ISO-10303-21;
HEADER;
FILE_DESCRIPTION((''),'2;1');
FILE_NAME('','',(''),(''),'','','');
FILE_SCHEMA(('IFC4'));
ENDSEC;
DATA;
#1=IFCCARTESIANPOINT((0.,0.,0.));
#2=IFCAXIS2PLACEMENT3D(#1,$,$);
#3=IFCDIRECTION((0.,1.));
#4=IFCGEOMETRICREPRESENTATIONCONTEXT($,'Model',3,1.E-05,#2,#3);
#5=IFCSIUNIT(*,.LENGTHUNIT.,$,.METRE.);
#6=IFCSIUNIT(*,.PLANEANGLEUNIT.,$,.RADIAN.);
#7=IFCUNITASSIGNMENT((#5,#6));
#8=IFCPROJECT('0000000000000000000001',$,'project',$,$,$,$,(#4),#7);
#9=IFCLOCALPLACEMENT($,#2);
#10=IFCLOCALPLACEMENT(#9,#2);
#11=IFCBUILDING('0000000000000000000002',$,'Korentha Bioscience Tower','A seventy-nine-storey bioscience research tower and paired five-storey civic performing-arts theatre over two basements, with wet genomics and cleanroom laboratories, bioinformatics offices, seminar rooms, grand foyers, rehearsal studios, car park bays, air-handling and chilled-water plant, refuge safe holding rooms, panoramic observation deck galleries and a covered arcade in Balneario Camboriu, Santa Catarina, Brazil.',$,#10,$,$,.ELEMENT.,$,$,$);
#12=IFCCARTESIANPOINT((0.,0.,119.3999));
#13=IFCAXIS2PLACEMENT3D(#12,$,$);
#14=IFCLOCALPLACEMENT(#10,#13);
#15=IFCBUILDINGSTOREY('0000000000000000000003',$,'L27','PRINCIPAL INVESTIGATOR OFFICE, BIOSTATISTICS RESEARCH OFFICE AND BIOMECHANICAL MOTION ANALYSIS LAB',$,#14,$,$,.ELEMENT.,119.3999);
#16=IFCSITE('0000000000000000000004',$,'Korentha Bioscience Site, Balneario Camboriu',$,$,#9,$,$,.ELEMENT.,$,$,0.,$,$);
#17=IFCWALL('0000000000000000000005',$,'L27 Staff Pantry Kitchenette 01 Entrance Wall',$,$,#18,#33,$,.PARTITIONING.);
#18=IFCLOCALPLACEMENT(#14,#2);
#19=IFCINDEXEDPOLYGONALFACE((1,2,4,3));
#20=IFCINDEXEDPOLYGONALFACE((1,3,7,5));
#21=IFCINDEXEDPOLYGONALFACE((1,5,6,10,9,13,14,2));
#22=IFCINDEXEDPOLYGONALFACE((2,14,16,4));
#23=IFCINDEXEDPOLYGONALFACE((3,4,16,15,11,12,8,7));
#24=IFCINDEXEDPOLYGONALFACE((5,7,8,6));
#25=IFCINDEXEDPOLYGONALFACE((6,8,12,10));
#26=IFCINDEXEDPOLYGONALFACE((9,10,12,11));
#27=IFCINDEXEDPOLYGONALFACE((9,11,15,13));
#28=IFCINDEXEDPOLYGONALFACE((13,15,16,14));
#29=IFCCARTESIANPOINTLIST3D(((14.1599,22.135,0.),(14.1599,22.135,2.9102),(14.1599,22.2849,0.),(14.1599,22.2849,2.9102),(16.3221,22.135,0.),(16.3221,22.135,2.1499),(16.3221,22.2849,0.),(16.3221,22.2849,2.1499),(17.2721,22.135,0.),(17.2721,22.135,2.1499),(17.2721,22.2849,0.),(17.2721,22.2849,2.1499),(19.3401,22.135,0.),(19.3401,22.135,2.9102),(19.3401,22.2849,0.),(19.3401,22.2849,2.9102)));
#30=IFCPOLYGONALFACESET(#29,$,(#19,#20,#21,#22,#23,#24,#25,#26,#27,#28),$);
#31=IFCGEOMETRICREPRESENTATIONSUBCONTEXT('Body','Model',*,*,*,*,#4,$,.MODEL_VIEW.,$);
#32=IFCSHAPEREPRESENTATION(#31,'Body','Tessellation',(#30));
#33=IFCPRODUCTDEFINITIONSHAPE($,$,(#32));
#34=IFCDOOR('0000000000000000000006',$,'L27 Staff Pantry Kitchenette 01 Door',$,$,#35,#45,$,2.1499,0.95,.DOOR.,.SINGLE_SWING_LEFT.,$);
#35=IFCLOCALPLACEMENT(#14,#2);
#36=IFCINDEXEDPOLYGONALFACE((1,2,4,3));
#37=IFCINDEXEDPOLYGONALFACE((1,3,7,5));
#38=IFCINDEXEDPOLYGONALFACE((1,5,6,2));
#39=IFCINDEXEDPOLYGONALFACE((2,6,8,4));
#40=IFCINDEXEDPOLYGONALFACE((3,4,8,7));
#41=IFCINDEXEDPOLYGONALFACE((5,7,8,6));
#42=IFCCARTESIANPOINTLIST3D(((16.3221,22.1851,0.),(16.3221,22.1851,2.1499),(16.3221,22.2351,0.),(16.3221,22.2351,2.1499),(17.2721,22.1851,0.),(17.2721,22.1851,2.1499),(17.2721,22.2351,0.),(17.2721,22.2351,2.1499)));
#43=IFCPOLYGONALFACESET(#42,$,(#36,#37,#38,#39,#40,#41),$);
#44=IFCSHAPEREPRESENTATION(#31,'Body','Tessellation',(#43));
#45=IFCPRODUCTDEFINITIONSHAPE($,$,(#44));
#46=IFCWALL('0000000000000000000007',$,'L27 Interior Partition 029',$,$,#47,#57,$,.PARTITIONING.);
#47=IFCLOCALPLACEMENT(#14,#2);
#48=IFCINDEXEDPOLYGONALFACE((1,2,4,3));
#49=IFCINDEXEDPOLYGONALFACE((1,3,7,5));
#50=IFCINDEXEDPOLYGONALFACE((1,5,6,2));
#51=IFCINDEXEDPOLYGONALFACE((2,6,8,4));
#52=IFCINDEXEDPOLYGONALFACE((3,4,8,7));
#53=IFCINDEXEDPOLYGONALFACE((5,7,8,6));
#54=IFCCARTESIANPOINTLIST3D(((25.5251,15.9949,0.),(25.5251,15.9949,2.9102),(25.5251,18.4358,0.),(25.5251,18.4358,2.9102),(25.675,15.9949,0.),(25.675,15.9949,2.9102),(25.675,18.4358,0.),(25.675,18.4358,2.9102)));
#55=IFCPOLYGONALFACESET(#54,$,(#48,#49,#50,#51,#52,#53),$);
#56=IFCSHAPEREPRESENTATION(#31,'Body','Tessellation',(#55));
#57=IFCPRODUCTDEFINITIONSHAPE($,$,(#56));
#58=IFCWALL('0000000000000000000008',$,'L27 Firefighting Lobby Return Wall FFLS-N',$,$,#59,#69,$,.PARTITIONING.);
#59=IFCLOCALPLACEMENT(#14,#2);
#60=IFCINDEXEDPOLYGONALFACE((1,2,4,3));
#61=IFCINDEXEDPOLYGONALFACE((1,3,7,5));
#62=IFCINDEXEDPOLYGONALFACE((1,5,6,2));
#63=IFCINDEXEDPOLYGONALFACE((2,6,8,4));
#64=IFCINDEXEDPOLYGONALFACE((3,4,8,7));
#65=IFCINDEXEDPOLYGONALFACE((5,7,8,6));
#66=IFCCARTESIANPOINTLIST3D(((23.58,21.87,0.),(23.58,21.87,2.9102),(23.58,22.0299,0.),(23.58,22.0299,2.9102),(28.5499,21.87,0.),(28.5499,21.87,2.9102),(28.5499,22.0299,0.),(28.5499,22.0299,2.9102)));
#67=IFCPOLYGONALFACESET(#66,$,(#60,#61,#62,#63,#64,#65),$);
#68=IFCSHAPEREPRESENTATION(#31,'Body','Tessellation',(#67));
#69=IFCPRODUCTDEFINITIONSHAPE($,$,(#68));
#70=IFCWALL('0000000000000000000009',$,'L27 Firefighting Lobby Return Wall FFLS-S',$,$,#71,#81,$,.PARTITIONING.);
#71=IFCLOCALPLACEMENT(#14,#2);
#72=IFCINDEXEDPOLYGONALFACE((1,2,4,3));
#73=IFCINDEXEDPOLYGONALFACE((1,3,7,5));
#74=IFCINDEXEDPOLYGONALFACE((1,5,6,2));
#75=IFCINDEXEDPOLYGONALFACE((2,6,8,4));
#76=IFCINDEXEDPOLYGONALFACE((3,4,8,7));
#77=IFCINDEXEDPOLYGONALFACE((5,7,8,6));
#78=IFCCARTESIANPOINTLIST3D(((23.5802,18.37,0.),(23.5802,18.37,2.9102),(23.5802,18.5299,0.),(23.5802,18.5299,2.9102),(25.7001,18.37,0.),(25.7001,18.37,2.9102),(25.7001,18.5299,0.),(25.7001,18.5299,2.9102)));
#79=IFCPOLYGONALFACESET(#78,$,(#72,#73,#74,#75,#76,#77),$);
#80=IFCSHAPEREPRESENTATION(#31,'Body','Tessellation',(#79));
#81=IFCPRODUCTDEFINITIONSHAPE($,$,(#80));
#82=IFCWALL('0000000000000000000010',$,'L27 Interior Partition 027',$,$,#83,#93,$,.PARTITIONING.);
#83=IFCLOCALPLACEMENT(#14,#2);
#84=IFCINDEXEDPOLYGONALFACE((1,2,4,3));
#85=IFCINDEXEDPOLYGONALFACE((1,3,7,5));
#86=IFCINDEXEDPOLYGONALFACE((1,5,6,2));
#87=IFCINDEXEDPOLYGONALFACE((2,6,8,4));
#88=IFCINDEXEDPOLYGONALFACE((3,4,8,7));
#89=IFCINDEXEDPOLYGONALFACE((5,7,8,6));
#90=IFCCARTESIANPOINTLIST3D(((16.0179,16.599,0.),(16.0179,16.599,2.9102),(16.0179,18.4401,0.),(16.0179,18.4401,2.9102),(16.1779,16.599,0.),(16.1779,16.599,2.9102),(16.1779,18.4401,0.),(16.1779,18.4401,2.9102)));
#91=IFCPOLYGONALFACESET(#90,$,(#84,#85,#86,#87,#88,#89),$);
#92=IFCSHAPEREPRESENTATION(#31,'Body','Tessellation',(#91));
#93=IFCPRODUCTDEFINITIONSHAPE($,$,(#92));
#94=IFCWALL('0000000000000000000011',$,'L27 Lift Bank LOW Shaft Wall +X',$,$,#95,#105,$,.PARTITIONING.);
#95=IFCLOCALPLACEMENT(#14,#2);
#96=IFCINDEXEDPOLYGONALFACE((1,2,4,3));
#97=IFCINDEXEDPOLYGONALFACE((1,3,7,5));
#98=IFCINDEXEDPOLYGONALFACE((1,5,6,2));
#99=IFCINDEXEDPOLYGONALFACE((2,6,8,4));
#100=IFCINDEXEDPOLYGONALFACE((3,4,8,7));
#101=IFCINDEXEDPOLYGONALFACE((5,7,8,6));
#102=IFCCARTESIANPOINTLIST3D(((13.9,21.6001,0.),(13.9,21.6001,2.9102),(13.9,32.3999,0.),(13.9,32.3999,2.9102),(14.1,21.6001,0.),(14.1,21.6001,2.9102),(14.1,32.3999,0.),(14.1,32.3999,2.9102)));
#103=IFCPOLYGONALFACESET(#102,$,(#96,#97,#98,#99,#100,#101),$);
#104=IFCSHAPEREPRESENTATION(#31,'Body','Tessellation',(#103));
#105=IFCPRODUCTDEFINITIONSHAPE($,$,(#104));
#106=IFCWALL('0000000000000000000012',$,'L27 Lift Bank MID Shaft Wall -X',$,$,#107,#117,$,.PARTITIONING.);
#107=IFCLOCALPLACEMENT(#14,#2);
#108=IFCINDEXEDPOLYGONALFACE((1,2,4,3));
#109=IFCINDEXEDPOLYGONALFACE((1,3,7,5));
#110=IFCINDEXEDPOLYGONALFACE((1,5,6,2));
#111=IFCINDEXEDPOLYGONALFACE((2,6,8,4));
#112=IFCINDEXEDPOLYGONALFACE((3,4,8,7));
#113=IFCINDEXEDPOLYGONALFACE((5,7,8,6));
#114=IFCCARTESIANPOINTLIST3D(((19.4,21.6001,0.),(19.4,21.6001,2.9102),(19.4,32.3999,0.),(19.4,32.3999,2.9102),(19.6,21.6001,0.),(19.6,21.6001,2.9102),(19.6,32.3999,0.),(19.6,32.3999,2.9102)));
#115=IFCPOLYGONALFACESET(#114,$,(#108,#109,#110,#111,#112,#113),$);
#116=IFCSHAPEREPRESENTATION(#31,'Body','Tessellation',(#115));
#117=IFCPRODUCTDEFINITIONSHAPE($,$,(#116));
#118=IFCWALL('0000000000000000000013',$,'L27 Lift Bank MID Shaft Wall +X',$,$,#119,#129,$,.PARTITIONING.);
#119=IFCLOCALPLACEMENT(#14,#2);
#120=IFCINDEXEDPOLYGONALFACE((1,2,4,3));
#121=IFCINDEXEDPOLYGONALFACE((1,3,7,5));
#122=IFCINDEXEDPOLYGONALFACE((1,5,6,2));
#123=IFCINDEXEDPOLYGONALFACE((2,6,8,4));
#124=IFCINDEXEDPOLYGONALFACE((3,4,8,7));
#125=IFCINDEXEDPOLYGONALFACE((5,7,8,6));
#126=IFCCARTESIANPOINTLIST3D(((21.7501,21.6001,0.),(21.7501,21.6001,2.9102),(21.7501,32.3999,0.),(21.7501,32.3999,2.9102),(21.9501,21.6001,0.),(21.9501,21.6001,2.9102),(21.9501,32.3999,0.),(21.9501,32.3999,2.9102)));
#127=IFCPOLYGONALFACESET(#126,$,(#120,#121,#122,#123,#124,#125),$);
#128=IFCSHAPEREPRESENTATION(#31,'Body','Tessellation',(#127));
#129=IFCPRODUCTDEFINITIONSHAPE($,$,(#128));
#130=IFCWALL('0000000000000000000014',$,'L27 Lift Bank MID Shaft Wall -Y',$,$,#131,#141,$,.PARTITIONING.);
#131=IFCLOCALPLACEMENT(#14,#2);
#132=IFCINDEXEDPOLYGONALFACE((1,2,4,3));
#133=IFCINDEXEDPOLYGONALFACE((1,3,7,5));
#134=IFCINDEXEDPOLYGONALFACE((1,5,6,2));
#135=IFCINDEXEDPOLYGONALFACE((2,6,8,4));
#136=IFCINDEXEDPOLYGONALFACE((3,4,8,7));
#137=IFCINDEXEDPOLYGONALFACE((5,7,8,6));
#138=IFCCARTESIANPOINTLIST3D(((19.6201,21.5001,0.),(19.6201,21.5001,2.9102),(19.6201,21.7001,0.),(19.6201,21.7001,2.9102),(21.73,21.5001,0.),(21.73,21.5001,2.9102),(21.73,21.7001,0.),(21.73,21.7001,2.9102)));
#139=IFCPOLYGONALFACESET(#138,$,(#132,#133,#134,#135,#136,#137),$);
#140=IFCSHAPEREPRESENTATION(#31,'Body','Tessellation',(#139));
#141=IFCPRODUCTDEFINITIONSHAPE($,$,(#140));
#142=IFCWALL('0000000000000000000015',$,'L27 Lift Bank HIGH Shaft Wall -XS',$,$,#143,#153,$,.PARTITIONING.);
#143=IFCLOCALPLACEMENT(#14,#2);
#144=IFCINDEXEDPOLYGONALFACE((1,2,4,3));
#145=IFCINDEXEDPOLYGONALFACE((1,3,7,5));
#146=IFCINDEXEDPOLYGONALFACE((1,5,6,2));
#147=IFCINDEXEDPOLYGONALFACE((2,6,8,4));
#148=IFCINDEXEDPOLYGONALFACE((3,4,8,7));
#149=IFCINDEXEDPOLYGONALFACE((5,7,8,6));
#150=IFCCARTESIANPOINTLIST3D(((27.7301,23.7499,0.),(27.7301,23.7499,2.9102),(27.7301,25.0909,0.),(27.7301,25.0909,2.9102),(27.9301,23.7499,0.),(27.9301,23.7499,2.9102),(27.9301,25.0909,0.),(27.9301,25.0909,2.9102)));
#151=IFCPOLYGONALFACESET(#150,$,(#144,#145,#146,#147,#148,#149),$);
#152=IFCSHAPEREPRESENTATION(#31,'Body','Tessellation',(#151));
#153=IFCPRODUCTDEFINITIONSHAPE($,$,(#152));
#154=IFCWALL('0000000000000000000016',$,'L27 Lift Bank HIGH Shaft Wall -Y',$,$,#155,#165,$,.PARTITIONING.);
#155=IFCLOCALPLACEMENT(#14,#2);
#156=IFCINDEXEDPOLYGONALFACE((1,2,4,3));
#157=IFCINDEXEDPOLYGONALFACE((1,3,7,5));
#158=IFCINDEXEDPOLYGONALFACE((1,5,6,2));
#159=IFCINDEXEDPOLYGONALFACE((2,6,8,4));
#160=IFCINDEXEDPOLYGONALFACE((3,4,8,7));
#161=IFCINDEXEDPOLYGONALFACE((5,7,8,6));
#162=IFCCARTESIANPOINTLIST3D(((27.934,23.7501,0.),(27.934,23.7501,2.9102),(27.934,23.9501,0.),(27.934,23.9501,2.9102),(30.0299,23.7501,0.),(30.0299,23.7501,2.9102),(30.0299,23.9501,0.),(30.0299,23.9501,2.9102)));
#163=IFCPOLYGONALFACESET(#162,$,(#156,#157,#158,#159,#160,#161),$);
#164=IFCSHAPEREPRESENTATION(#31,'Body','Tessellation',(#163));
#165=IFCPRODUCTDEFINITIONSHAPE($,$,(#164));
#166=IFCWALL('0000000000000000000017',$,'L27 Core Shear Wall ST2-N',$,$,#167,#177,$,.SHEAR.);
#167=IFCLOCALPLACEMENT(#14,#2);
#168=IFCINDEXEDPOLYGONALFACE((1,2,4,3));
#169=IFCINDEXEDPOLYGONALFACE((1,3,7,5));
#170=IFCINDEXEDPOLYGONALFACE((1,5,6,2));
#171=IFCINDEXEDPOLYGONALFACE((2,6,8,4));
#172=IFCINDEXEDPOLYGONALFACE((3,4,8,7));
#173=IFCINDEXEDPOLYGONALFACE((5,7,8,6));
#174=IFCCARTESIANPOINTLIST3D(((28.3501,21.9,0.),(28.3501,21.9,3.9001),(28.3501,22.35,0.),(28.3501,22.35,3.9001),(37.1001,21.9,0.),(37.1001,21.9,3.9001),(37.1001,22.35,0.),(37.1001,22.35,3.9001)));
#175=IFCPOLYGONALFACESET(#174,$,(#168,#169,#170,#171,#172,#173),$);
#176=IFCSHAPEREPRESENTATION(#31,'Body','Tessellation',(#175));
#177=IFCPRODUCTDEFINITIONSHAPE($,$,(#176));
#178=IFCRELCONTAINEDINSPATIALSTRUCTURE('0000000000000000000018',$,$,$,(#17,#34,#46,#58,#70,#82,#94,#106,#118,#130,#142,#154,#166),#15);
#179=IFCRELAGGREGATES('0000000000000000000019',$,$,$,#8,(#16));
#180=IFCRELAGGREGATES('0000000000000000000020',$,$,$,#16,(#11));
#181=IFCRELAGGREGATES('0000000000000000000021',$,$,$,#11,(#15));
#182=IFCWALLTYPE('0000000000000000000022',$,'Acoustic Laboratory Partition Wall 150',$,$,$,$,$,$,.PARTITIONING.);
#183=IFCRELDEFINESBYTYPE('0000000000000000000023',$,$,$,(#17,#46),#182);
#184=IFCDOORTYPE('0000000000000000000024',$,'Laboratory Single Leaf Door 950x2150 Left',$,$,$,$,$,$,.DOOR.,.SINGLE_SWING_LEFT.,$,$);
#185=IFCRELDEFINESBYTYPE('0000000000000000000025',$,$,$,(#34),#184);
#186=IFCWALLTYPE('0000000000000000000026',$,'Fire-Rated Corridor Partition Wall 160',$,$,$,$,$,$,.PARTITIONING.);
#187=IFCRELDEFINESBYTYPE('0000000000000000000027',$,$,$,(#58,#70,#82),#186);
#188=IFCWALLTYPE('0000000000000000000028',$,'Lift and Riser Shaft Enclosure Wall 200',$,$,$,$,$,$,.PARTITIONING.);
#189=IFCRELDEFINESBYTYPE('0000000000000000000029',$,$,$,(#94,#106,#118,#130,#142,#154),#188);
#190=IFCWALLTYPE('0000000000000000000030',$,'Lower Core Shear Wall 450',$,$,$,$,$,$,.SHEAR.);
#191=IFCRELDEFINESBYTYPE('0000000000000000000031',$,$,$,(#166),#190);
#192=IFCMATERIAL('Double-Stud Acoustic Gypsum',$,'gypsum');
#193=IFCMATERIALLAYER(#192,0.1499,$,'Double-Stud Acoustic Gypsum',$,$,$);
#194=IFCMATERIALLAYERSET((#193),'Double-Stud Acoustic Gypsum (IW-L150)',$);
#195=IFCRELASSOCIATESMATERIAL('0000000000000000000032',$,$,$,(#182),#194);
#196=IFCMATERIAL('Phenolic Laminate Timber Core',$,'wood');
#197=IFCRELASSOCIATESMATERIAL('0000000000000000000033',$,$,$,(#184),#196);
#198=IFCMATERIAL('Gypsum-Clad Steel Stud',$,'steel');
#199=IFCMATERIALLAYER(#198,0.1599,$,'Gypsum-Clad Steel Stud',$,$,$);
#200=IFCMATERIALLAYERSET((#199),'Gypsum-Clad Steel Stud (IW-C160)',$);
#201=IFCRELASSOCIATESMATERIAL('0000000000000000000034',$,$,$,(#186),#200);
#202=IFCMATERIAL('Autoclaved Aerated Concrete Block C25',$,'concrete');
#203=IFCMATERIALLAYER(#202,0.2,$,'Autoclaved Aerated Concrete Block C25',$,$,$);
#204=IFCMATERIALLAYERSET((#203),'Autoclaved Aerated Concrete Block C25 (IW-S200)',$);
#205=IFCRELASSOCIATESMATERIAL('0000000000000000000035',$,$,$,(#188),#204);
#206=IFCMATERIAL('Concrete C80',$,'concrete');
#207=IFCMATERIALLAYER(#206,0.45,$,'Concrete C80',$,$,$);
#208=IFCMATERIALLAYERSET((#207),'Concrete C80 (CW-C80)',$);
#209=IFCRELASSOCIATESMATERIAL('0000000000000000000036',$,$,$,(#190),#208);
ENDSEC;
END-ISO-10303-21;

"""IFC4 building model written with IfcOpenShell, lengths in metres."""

from ifc_helpers import new_model, si_unit, direction, frame, frame_2d, origin, place, context, subcontext, project, spatial, rectangle, extrude, material, layer, layer_set, type_object, element, fill, save


model = new_model("IFC4")

# Units and contexts
model_context = context("Model", 3, precision=1e-05, world=origin(), true_north=direction((0.0, 1.0)))
body_context = subcontext(model_context, "Body", "Model", "MODEL_VIEW")
ifc_project = project(units=[si_unit("LENGTHUNIT", "METRE"), si_unit("PLANEANGLEUNIT", "RADIAN")], contexts=[model_context])

# Site, building, storey
site_placement = place(None, origin())
site = spatial("IfcSite", under=ifc_project, at=site_placement, Name="Korentha Bioscience Site, Balneario Camboriu", CompositionType="ELEMENT", RefElevation=0.0)
building_placement = place(site_placement, origin())
building = spatial("IfcBuilding", under=site, at=building_placement, Name="Korentha Bioscience Tower", Description="A seventy-nine-storey bioscience research tower and paired five-storey civic performing-arts theatre over two basements, with wet genomics and cleanroom laboratories, bioinformatics offices, seminar rooms, grand foyers, rehearsal studios, car park bays, air-handling and chilled-water plant, refuge safe holding rooms, panoramic observation deck galleries and a covered arcade in Balneario Camboriu, Santa Catarina, Brazil.", CompositionType="ELEMENT")
storey_placement = place(building_placement, frame((0.0, 0.0, 119.3999)))
storey = spatial("IfcBuildingStorey", under=building, at=storey_placement, Name="L27", Description="PRINCIPAL INVESTIGATOR OFFICE, BIOSTATISTICS RESEARCH OFFICE AND BIOMECHANICAL MOTION ANALYSIS LAB", CompositionType="ELEMENT", Elevation=119.3999)

# Shared definitions
ifc_material_1 = material(Name="Concrete C80", Category="concrete")

# Wall, opening, door
ifc_material_2 = material(Name="Double-Stud Acoustic Gypsum", Category="gypsum")
ifc_layer_1 = layer(ifc_material_2, 0.1499, Name="Double-Stud Acoustic Gypsum")
ifc_layer_set_1 = layer_set([ifc_layer_1], Name="Double-Stud Acoustic Gypsum (IW-L150)")
wall_type_1 = type_object("IfcWallType", Name="Acoustic Laboratory Partition Wall 150", PredefinedType="PARTITIONING", material=ifc_layer_set_1)
wall_1_placement = place(storey_placement, frame((19.3401, 22.21, 0.0), z_axis=(0.0, 0.0, 1.0), x_axis=(-1.0, 0.0, 0.0)))
wall_1 = element("IfcWall", 1, at=wall_1_placement, inside=storey, type_object=wall_type_1, Name="L27 Staff Pantry Kitchenette 01 Entrance Wall", PredefinedType="PARTITIONING", context=body_context, shape_type="SweptSolid", body=[
    extrude(rectangle(XDim=5.1802, YDim=0.1499, at=frame_2d((2.5901, 0.0))), origin(), (0.0, 0.0, 1.0), 2.9102),
])
opening_1_placement = place(wall_1_placement, frame((2.0679, 0.0, 0.0)))
opening_1 = element("IfcOpeningElement", 2, at=opening_1_placement, cuts=wall_1, PredefinedType="OPENING", context=body_context, shape_type="SweptSolid", body=[
    extrude(rectangle(XDim=0.95, YDim=2.1499, at=frame_2d((0.4751, 1.075))), frame((0.0, 0.0898, 0.0), z_axis=(0.0, -1.0, 0.0), x_axis=(1.0, 0.0, 0.0)), (0.0, 0.0, 1.0), 0.1797),
])
ifc_material_3 = material(Name="Phenolic Laminate Timber Core", Category="wood")
door_type_1 = type_object("IfcDoorType", Name="Laboratory Single Leaf Door 950x2150 Left", OperationType="SINGLE_SWING_LEFT", PredefinedType="DOOR", material=ifc_material_3)
door_1_placement = place(opening_1_placement, origin())
door_1 = element("IfcDoor", 3, at=door_1_placement, inside=storey, type_object=door_type_1, Name="L27 Staff Pantry Kitchenette 01 Door", OperationType="SINGLE_SWING_LEFT", OverallHeight=2.1499, OverallWidth=0.95, PredefinedType="DOOR", context=body_context, shape_type="SweptSolid", body=[
    extrude(rectangle(XDim=0.95, YDim=2.1499, at=frame_2d((0.4751, 1.075))), frame((0.0, 0.0249, 0.0), z_axis=(0.0, -1.0, 0.0), x_axis=(1.0, 0.0, 0.0)), (0.0, 0.0, 1.0), 0.05),
])
fill(opening_1, door_1)

# Wall
wall_2_placement = place(storey_placement, frame((25.6001, 18.4358, 0.0), z_axis=(0.0, 0.0, 1.0), x_axis=(0.0, -1.0, 0.0)))
element("IfcWall", 4, at=wall_2_placement, inside=storey, type_object=wall_type_1, Name="L27 Interior Partition 029", PredefinedType="PARTITIONING", context=body_context, shape_type="SweptSolid", body=[
    extrude(rectangle(XDim=2.4409, YDim=0.1499, at=frame_2d((1.2205, 0.0))), origin(), (0.0, 0.0, 1.0), 2.9102),
])

# Shared definitions
ifc_material_4 = material(Name="Gypsum-Clad Steel Stud", Category="steel")
ifc_layer_2 = layer(ifc_material_4, 0.1599, Name="Gypsum-Clad Steel Stud")
ifc_layer_set_2 = layer_set([ifc_layer_2], Name="Gypsum-Clad Steel Stud (IW-C160)")
wall_type_2 = type_object("IfcWallType", Name="Fire-Rated Corridor Partition Wall 160", PredefinedType="PARTITIONING", material=ifc_layer_set_2)

# Walls
wall_3_placement = place(storey_placement, frame((23.5801, 21.95, 0.0), z_axis=(0.0, 0.0, 1.0), x_axis=(1.0, 0.0, 0.0)))
element("IfcWall", 5, at=wall_3_placement, inside=storey, type_object=wall_type_2, Name="L27 Firefighting Lobby Return Wall FFLS-N", PredefinedType="PARTITIONING", context=body_context, shape_type="SweptSolid", body=[
    extrude(rectangle(XDim=4.97, YDim=0.1599, at=frame_2d((2.4849, 0.0))), origin(), (0.0, 0.0, 1.0), 2.9102),
])
wall_4_placement = place(storey_placement, frame((23.5801, 18.45, 0.0), z_axis=(0.0, 0.0, 1.0), x_axis=(1.0, 0.0, 0.0)))
element("IfcWall", 6, at=wall_4_placement, inside=storey, type_object=wall_type_2, Name="L27 Firefighting Lobby Return Wall FFLS-S", PredefinedType="PARTITIONING", context=body_context, shape_type="SweptSolid", body=[
    extrude(rectangle(XDim=2.1199, YDim=0.1599, at=frame_2d((1.0601, 0.0))), origin(), (0.0, 0.0, 1.0), 2.9102),
])
wall_5_placement = place(storey_placement, frame((16.0979, 18.4399, 0.0), z_axis=(0.0, 0.0, 1.0), x_axis=(0.0, -1.0, 0.0)))
element("IfcWall", 7, at=wall_5_placement, inside=storey, type_object=wall_type_2, Name="L27 Interior Partition 027", PredefinedType="PARTITIONING", context=body_context, shape_type="SweptSolid", body=[
    extrude(rectangle(XDim=1.8411, YDim=0.1599, at=frame_2d((0.9204, 0.0))), origin(), (0.0, 0.0, 1.0), 2.9102),
])
ifc_material_5 = material(Name="Autoclaved Aerated Concrete Block C25", Category="concrete")
ifc_layer_3 = layer(ifc_material_5, 0.2, Name="Autoclaved Aerated Concrete Block C25")
ifc_layer_set_3 = layer_set([ifc_layer_3], Name="Autoclaved Aerated Concrete Block C25 (IW-S200)")
wall_type_3 = type_object("IfcWallType", Name="Lift and Riser Shaft Enclosure Wall 200", PredefinedType="PARTITIONING", material=ifc_layer_set_3)
for number, where, z_axis, x_axis, name in (
    (8, (14.0, 21.6001, 0.0), (0.0, 0.0, 1.0), (0.0, 1.0, 0.0), "L27 Lift Bank LOW Shaft Wall +X"),
    (9, (19.5, 21.6001, 0.0), (0.0, 0.0, 1.0), (0.0, 1.0, 0.0), "L27 Lift Bank MID Shaft Wall -X"),
    (10, (21.8501, 21.6001, 0.0), (0.0, 0.0, 1.0), (0.0, 1.0, 0.0), "L27 Lift Bank MID Shaft Wall +X"),
):
    element("IfcWall", number, at=place(storey_placement, frame(where, z_axis=z_axis, x_axis=x_axis)), inside=storey, type_object=wall_type_3, Name=name, PredefinedType="PARTITIONING", context=body_context, shape_type="SweptSolid", body=[
        extrude(rectangle(XDim=10.7998, YDim=0.2, at=frame_2d((5.3999, 0.0))), origin(), (0.0, 0.0, 1.0), 2.9102),
    ])
wall_6_placement = place(storey_placement, frame((19.6201, 21.6001, 0.0), z_axis=(0.0, 0.0, 1.0), x_axis=(1.0, 0.0, 0.0)))
element("IfcWall", 11, at=wall_6_placement, inside=storey, type_object=wall_type_3, Name="L27 Lift Bank MID Shaft Wall -Y", PredefinedType="PARTITIONING", context=body_context, shape_type="SweptSolid", body=[
    extrude(rectangle(XDim=2.1099, YDim=0.2, at=frame_2d((1.0549, 0.0))), origin(), (0.0, 0.0, 1.0), 2.9102),
])
wall_7_placement = place(storey_placement, frame((27.8301, 23.75, 0.0), z_axis=(0.0, 0.0, 1.0), x_axis=(0.0, 1.0, 0.0)))
element("IfcWall", 12, at=wall_7_placement, inside=storey, type_object=wall_type_3, Name="L27 Lift Bank HIGH Shaft Wall -XS", PredefinedType="PARTITIONING", context=body_context, shape_type="SweptSolid", body=[
    extrude(rectangle(XDim=1.3411, YDim=0.2, at=frame_2d((0.6704, 0.0))), origin(), (0.0, 0.0, 1.0), 2.9102),
])
wall_8_placement = place(storey_placement, frame((27.9341, 23.8501, 0.0), z_axis=(0.0, 0.0, 1.0), x_axis=(1.0, 0.0, 0.0)))
element("IfcWall", 13, at=wall_8_placement, inside=storey, type_object=wall_type_3, Name="L27 Lift Bank HIGH Shaft Wall -Y", PredefinedType="PARTITIONING", context=body_context, shape_type="SweptSolid", body=[
    extrude(rectangle(XDim=2.0959, YDim=0.2, at=frame_2d((1.0479, 0.0))), origin(), (0.0, 0.0, 1.0), 2.9102),
])
ifc_layer_4 = layer(ifc_material_1, 0.45, Name="Concrete C80")
ifc_layer_set_4 = layer_set([ifc_layer_4], Name="Concrete C80 (CW-C80)")
wall_type_4 = type_object("IfcWallType", Name="Lower Core Shear Wall 450", PredefinedType="SHEAR", material=ifc_layer_set_4)
wall_9_placement = place(storey_placement, frame((28.3501, 22.125, 0.0), z_axis=(0.0, 0.0, 1.0), x_axis=(1.0, 0.0, 0.0)))
element("IfcWall", 14, at=wall_9_placement, inside=storey, type_object=wall_type_4, Name="L27 Core Shear Wall ST2-N", PredefinedType="SHEAR", context=body_context, shape_type="SweptSolid", body=[
    extrude(rectangle(XDim=8.75, YDim=0.45, at=frame_2d((4.375, 0.0))), origin(), (0.0, 0.0, 1.0), 3.9001),
])

save(model, "model.ifc")
